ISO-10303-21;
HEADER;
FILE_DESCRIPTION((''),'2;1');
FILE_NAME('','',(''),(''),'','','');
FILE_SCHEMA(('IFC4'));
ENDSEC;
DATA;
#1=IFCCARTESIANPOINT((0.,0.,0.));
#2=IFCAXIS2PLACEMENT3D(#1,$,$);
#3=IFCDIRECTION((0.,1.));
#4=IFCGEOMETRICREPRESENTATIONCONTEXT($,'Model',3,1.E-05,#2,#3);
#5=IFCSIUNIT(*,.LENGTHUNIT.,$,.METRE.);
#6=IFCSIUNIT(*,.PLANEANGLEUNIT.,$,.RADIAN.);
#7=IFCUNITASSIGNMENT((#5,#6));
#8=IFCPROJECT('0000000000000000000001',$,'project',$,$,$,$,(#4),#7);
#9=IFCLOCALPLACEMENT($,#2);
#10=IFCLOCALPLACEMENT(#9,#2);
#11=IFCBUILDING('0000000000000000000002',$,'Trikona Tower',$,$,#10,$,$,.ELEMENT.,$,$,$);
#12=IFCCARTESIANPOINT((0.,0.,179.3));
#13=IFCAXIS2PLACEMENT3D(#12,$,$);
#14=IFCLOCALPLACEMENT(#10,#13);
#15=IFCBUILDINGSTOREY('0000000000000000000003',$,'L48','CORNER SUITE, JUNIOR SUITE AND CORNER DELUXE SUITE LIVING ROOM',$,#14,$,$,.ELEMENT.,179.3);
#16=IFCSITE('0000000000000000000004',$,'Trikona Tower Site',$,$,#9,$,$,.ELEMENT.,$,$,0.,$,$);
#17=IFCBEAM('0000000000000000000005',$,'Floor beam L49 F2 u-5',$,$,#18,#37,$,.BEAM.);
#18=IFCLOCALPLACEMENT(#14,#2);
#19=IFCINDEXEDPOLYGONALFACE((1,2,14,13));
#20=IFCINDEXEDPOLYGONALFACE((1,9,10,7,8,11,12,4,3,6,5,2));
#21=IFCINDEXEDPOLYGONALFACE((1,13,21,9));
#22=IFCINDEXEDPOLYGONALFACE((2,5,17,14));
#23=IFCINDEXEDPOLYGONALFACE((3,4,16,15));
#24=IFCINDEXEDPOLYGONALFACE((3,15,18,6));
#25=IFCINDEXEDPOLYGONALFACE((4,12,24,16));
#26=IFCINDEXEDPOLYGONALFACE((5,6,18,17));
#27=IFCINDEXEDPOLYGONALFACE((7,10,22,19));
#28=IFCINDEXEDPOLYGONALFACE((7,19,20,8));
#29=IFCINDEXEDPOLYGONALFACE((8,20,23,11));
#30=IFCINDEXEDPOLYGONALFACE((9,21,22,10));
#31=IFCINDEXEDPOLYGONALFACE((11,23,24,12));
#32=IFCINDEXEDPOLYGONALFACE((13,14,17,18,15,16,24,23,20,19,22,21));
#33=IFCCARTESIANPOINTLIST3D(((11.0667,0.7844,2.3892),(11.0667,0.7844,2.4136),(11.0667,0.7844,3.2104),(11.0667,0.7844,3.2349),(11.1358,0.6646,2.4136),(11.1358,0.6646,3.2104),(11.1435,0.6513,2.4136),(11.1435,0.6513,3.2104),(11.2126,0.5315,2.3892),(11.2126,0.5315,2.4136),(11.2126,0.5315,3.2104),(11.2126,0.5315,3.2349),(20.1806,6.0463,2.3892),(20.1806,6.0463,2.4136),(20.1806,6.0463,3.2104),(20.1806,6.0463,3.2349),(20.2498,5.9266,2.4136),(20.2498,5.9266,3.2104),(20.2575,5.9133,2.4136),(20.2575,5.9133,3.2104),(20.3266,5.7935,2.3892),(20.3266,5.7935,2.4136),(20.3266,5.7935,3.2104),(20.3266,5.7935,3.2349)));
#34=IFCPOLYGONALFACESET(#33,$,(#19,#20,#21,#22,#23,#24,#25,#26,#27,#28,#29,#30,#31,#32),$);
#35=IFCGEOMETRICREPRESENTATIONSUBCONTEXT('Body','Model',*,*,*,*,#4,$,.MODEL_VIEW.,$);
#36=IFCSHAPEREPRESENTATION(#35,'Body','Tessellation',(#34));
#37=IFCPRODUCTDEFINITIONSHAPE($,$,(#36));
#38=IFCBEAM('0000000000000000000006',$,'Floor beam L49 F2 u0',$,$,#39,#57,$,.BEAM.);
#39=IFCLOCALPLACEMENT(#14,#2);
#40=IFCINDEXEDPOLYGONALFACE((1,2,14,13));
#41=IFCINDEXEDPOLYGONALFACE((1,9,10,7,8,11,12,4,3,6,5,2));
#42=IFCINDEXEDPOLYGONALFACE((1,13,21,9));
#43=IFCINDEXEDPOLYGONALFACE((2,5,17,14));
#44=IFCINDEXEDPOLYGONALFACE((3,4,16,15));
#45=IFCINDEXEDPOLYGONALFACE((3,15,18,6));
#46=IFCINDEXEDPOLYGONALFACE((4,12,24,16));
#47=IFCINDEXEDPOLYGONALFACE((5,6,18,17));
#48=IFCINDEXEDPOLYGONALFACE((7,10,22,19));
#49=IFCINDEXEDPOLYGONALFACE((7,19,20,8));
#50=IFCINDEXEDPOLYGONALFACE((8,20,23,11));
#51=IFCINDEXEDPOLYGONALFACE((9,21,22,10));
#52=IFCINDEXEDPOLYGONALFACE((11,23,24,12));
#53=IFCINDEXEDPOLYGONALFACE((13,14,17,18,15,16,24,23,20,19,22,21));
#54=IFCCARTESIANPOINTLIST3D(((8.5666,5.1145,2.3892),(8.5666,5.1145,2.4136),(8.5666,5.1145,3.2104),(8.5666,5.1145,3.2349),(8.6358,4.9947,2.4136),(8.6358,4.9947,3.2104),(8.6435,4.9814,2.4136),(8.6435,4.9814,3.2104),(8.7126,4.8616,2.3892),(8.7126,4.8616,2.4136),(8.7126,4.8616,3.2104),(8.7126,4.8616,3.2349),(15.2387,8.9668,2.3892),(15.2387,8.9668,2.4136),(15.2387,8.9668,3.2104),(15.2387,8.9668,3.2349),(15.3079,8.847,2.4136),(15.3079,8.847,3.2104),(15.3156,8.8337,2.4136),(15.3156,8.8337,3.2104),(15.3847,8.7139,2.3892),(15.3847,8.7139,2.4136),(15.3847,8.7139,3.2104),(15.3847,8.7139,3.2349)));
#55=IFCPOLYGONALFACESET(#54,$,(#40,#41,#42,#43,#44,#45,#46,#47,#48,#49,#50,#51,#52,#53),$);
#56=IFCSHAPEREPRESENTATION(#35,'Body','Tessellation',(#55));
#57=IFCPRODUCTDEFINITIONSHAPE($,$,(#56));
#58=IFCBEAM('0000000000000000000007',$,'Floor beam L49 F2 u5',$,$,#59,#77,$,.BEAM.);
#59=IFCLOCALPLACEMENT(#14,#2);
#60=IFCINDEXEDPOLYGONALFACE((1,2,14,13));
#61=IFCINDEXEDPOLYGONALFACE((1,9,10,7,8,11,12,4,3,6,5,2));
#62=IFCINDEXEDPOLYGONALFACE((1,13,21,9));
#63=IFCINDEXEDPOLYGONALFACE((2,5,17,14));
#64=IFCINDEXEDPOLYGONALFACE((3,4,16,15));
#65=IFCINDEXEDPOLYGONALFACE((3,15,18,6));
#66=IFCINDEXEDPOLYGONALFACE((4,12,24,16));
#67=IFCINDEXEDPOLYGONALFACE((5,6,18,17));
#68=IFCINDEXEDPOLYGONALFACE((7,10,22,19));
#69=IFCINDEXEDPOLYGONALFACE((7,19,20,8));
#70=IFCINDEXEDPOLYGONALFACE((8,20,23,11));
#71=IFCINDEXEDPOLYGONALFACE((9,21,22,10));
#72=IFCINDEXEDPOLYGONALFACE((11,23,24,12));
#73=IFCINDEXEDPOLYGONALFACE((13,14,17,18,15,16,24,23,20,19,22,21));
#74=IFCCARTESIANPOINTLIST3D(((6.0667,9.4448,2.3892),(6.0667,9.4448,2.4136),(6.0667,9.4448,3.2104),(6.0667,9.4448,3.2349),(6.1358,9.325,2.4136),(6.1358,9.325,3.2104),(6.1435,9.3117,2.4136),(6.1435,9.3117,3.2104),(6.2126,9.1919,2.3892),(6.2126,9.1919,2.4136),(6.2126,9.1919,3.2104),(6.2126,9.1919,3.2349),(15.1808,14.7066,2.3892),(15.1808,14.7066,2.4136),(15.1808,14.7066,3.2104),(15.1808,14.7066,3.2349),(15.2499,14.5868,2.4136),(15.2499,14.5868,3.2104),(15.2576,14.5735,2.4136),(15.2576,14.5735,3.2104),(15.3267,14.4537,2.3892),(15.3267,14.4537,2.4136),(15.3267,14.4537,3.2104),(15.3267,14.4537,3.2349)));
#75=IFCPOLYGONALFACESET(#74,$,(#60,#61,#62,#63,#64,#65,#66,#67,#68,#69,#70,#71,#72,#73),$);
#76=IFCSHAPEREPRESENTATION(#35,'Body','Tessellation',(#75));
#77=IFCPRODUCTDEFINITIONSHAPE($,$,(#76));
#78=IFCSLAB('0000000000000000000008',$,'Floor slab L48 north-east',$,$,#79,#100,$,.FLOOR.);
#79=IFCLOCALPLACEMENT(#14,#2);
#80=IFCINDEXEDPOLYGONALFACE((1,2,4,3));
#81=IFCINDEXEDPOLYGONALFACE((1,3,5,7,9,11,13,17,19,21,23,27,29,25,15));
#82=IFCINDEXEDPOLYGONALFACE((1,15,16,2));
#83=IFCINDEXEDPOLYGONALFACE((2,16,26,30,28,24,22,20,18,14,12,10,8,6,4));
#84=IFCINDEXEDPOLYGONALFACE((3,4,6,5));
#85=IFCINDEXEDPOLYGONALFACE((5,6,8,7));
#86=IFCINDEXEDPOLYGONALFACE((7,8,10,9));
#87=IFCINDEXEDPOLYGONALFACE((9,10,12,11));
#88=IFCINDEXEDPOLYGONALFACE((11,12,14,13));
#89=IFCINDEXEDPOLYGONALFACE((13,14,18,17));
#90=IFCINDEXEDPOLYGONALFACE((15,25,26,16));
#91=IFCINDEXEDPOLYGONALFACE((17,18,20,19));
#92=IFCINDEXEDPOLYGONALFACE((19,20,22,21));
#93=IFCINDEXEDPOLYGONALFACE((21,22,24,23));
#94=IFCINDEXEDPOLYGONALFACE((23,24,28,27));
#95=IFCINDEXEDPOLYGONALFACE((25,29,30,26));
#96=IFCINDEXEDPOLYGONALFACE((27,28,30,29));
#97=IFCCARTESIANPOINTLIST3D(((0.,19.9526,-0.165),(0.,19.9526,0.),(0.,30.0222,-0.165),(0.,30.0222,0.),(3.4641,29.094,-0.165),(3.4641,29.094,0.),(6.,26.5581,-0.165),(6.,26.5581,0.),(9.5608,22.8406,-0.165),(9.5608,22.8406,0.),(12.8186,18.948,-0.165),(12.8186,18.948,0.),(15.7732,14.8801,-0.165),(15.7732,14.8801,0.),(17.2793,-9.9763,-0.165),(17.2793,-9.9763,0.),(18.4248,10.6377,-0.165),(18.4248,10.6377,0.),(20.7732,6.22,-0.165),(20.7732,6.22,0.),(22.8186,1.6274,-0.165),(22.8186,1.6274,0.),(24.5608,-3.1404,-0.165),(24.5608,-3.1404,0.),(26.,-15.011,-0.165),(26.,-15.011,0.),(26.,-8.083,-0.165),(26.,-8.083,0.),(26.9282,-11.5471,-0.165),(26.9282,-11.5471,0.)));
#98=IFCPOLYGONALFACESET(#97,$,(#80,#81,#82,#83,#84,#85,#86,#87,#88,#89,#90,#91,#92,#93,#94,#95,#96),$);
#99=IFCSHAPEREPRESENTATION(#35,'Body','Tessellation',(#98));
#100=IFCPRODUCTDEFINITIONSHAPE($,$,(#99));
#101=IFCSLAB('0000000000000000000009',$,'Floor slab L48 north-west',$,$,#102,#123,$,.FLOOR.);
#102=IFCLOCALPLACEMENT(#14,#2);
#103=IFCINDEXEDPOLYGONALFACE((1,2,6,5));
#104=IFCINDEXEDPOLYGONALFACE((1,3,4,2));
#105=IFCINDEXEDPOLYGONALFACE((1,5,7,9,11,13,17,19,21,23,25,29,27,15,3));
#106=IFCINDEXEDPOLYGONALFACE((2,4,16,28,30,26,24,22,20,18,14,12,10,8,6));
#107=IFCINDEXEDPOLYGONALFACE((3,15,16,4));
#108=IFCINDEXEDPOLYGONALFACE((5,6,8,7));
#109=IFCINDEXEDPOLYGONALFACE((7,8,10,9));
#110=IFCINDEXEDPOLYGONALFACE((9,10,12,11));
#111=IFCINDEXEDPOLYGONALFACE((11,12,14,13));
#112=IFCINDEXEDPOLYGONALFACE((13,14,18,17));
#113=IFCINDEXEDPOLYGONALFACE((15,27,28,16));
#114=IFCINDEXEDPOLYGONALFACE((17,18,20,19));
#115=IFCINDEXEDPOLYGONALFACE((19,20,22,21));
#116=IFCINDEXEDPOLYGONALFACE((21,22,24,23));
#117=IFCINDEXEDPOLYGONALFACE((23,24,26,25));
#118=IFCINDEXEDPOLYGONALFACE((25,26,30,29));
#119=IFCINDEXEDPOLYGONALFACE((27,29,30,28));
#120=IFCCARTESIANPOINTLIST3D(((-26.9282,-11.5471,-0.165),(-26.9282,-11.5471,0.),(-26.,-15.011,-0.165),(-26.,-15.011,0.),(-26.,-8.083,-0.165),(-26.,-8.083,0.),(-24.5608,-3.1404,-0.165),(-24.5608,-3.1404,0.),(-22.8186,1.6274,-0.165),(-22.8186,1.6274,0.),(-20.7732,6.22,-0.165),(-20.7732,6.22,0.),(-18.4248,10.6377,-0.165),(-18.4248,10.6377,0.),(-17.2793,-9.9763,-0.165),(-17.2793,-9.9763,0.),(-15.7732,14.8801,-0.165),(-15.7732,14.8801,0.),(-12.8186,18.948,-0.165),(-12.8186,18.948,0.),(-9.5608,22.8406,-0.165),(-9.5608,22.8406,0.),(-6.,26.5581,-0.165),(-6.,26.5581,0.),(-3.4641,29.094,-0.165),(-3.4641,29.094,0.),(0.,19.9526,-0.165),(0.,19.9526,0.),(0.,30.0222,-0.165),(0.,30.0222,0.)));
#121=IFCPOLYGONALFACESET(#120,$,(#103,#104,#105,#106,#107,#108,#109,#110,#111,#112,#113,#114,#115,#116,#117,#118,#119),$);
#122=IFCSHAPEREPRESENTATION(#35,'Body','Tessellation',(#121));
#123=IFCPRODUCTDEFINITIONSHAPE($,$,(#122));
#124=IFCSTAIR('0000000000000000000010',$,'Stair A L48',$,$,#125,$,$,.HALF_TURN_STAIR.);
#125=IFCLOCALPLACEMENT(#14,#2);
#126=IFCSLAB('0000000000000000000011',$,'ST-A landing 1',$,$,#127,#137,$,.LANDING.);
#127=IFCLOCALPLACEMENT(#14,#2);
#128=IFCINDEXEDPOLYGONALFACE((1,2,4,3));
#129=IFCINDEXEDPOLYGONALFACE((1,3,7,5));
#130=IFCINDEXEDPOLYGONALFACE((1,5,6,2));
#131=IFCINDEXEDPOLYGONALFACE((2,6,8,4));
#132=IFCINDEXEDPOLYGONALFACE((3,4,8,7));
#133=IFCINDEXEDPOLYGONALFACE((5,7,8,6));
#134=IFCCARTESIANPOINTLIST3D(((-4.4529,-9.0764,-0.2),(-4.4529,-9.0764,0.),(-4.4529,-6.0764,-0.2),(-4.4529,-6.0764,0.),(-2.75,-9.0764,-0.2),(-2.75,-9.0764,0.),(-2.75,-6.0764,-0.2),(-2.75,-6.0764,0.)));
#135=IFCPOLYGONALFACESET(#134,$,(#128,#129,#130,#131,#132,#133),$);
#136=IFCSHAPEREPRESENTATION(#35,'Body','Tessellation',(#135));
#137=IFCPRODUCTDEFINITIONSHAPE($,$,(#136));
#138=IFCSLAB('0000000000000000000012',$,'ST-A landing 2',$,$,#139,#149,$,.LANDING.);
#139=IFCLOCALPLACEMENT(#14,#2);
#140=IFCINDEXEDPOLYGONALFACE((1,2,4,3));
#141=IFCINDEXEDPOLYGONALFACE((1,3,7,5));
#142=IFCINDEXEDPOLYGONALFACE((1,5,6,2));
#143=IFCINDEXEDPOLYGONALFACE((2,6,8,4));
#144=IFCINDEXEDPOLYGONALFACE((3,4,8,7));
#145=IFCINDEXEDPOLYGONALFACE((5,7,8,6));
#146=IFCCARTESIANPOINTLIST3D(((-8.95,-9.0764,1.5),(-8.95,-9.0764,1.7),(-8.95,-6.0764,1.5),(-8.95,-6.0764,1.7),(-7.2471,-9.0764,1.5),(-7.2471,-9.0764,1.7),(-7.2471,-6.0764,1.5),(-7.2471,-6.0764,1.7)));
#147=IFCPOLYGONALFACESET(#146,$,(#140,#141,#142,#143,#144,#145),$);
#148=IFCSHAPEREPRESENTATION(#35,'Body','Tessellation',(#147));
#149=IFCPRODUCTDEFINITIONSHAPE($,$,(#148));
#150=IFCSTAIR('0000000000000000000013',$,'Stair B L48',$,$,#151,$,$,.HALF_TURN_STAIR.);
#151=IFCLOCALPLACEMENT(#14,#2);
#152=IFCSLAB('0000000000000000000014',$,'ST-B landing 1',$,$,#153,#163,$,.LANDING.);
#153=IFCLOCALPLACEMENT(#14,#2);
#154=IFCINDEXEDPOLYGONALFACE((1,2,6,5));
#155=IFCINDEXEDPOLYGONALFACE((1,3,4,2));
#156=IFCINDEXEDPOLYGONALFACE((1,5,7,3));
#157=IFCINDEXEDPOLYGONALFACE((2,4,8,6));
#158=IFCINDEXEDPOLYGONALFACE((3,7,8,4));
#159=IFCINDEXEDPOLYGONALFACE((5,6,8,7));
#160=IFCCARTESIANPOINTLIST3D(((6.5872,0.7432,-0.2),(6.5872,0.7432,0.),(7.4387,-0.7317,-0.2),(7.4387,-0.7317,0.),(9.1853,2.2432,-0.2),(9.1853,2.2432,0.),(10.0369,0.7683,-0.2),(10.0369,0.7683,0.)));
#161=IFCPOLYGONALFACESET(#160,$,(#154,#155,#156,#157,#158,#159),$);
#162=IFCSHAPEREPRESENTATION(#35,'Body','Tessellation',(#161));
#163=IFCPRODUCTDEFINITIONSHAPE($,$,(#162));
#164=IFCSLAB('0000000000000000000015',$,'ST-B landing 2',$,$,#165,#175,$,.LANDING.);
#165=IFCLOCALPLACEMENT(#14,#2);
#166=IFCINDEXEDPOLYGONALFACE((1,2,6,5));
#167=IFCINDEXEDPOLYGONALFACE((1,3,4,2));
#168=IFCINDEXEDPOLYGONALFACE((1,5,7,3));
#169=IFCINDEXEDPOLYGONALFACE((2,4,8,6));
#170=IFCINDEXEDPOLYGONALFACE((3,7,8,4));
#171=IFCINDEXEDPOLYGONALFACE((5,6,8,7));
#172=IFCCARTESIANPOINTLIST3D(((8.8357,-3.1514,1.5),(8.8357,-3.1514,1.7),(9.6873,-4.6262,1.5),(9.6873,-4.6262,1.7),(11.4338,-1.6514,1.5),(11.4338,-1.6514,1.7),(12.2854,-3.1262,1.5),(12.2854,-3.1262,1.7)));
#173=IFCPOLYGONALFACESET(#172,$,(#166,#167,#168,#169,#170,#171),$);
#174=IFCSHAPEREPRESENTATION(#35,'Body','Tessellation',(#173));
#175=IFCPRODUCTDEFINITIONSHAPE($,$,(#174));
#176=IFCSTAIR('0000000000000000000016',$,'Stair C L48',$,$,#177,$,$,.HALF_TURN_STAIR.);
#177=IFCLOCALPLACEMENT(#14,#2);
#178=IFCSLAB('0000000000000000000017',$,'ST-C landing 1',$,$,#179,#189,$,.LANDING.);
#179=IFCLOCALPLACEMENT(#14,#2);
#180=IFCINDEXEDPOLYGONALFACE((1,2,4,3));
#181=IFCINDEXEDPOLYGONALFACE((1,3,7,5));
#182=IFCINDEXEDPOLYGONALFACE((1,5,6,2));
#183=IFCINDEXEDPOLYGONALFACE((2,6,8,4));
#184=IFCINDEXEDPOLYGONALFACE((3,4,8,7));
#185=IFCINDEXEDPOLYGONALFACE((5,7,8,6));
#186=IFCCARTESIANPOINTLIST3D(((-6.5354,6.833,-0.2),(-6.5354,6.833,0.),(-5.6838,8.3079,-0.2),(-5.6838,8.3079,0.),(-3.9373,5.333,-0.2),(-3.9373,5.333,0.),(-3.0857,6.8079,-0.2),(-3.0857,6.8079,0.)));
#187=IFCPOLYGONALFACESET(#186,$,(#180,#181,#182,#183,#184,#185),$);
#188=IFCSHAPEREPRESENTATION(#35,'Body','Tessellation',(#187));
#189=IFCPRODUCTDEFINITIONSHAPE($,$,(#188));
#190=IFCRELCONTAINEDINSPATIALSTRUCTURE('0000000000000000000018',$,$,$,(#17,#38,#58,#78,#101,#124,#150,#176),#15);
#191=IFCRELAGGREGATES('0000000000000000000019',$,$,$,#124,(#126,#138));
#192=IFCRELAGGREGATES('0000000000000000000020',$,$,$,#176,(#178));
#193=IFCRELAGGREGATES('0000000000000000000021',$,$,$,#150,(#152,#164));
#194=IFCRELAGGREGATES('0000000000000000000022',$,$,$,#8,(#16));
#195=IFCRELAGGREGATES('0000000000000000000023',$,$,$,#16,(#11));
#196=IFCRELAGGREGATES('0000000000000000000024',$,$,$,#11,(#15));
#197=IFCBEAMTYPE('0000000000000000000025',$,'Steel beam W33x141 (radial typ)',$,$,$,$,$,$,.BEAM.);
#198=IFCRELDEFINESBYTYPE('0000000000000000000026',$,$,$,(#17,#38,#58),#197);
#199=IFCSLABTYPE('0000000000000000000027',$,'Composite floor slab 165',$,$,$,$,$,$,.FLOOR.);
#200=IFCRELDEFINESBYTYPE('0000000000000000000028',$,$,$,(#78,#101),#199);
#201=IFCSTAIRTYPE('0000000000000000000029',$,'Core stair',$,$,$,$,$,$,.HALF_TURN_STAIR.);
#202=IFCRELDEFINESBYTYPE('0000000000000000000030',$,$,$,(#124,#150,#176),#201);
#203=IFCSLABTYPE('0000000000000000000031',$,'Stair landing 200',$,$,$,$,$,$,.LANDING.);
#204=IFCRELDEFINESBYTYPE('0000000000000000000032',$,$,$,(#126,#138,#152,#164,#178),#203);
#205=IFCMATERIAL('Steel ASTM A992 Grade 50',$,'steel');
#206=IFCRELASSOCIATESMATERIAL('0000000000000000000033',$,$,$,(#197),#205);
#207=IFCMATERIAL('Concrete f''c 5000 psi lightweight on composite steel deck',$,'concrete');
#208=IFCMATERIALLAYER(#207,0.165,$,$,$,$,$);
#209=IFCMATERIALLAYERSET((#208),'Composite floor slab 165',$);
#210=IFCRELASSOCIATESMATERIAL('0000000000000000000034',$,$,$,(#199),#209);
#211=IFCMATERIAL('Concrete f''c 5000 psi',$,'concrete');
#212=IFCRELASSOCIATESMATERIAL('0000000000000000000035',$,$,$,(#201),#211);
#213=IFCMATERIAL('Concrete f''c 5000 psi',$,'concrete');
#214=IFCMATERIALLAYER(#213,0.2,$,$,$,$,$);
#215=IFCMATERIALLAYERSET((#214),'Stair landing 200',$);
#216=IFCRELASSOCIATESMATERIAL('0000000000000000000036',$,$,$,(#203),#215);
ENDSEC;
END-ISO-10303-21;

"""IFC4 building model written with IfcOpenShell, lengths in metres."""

from ifc_helpers import new_model, si_unit, direction, frame, origin, origin_2d, place, context, subcontext, project, spatial, polyline, i_section, outline, extrude, material, layer, layer_set, material_profile, profile_set, type_object, element, aggregate, save


model = new_model("IFC4")

# Units and contexts
model_context = context("Model", 3, precision=1e-05, world=origin(), true_north=direction((0.0, 1.0)))
body_context = subcontext(model_context, "Body", "Model", "MODEL_VIEW")
ifc_project = project(units=[si_unit("LENGTHUNIT", "METRE"), si_unit("PLANEANGLEUNIT", "RADIAN")], contexts=[model_context])

# Site, building, storey
site_placement = place(None, origin())
site = spatial("IfcSite", under=ifc_project, at=site_placement, Name="Trikona Tower Site", CompositionType="ELEMENT", RefElevation=0.0)
building_placement = place(site_placement, origin())
building = spatial("IfcBuilding", under=site, at=building_placement, Name="Trikona Tower", CompositionType="ELEMENT")
storey_placement = place(building_placement, frame((0.0, 0.0, 179.3)))
storey = spatial("IfcBuildingStorey", under=building, at=storey_placement, Name="L48", Description="CORNER SUITE, JUNIOR SUITE AND CORNER DELUXE SUITE LIVING ROOM", CompositionType="ELEMENT", Elevation=179.3)

# Beams
ifc_material_1 = material(Name="Steel ASTM A992 Grade 50", Category="steel")
ifc_material_profile = material_profile(ifc_material_1, i_section(OverallWidth=0.292, OverallDepth=0.8457, WebThickness=0.0154, FlangeThickness=0.0244, at=origin_2d()), Name="W33X141")
ifc_profile_set = profile_set([ifc_material_profile], Name="Steel ASTM A992 Grade 50")
beam_type = type_object("IfcBeamType", Name="Steel beam W33x141 (radial typ)", PredefinedType="BEAM", material=ifc_profile_set)
beam_1_placement = place(storey_placement, frame((11.1396, 0.658, 2.812), z_axis=(0.866026, 0.499999, 0.0), x_axis=(-0.499999, 0.866026, 0.0)))
element("IfcBeam", 1, at=beam_1_placement, inside=storey, type_object=beam_type, Name="Floor beam L49 F2 u-5", PredefinedType="BEAM", context=body_context, shape_type="SweptSolid", body=[
    extrude(i_section(OverallWidth=0.292, OverallDepth=0.8457, WebThickness=0.0154, FlangeThickness=0.0244, at=origin_2d()), origin(), (0.0, 0.0, 1.0), 10.5239),
])
beam_2_placement = place(storey_placement, frame((8.6396, 4.988, 2.812), z_axis=(0.866017, 0.500014, 0.0), x_axis=(-0.500014, 0.866017, 0.0)))
element("IfcBeam", 2, at=beam_2_placement, inside=storey, type_object=beam_type, Name="Floor beam L49 F2 u0", PredefinedType="BEAM", context=body_context, shape_type="SweptSolid", body=[
    extrude(i_section(OverallWidth=0.292, OverallDepth=0.8457, WebThickness=0.0154, FlangeThickness=0.0244, at=origin_2d()), origin(), (0.0, 0.0, 1.0), 7.7043),
])
beam_3_placement = place(storey_placement, frame((6.1396, 9.3184, 2.812), z_axis=(0.866036, 0.499982, 0.0), x_axis=(-0.499982, 0.866036, 0.0)))
element("IfcBeam", 3, at=beam_3_placement, inside=storey, type_object=beam_type, Name="Floor beam L49 F2 u5", PredefinedType="BEAM", context=body_context, shape_type="SweptSolid", body=[
    extrude(i_section(OverallWidth=0.292, OverallDepth=0.8457, WebThickness=0.0154, FlangeThickness=0.0244, at=origin_2d()), origin(), (0.0, 0.0, 1.0), 10.5239),
])

# Slabs
ifc_material_2 = material(Name="Concrete f'c 5000 psi lightweight on composite steel deck", Category="concrete")
ifc_layer_1 = layer(ifc_material_2, 0.165)
ifc_layer_set_1 = layer_set([ifc_layer_1], Name="Composite floor slab 165")
slab_type_1 = type_object("IfcSlabType", Name="Composite floor slab 165", PredefinedType="FLOOR", material=ifc_layer_set_1)
slab_1_placement = place(storey_placement, frame((0.0, 0.0, -0.165)))
element("IfcSlab", 4, at=slab_1_placement, inside=storey, type_object=slab_type_1, Name="Floor slab L48 north-east", PredefinedType="FLOOR", context=body_context, shape_type="SweptSolid", body=[
    extrude(outline(polyline([(3.4641, 29.094), (0.0, 30.0222), (0.0, 19.9526), (17.2793, -9.9763), (26.0, -15.011), (26.9282, -11.5471), (26.0, -8.083), (24.5608, -3.1404), (22.8186, 1.6274), (20.7732, 6.22), (18.4248, 10.6377), (15.7732, 14.8801), (12.8186, 18.948), (9.5608, 22.8406), (6.0, 26.5581), (3.4641, 29.094)])), origin(), (0.0, 0.0, 1.0), 0.165),
])
slab_2_placement = place(storey_placement, frame((0.0, 0.0, -0.165)))
element("IfcSlab", 5, at=slab_2_placement, inside=storey, type_object=slab_type_1, Name="Floor slab L48 north-west", PredefinedType="FLOOR", context=body_context, shape_type="SweptSolid", body=[
    extrude(outline(polyline([(0.0, 19.9526), (0.0, 30.0222), (-3.4641, 29.094), (-6.0, 26.5581), (-9.5608, 22.8406), (-12.8186, 18.948), (-15.7732, 14.8801), (-18.4248, 10.6377), (-20.7732, 6.22), (-22.8186, 1.6274), (-24.5608, -3.1404), (-26.0, -8.083), (-26.9282, -11.5471), (-26.0, -15.011), (-17.2793, -9.9763), (0.0, 19.9526)])), origin(), (0.0, 0.0, 1.0), 0.165),
])

# Stairs, slabs
ifc_material_3 = material(Name="Concrete f'c 5000 psi", Category="concrete")
stair_type = type_object("IfcStairType", Name="Core stair", PredefinedType="HALF_TURN_STAIR", material=ifc_material_3)
stair_1_placement = place(storey_placement, origin())
stair_1 = element("IfcStair", 6, at=stair_1_placement, inside=storey, type_object=stair_type, Name="Stair A L48", PredefinedType="HALF_TURN_STAIR")
ifc_material_4 = material(Name="Concrete f'c 5000 psi", Category="concrete")
ifc_layer_2 = layer(ifc_material_4, 0.2)
ifc_layer_set_2 = layer_set([ifc_layer_2], Name="Stair landing 200")
slab_type_2 = type_object("IfcSlabType", Name="Stair landing 200", PredefinedType="LANDING", material=ifc_layer_set_2)
slab_3_placement = place(storey_placement, frame((0.0, 0.0, -0.2)))
slab_3 = element("IfcSlab", 7, at=slab_3_placement, type_object=slab_type_2, Name="ST-A landing 1", PredefinedType="LANDING", context=body_context, shape_type="SweptSolid", body=[
    extrude(outline(polyline([(-4.4529, -6.0764), (-2.75, -6.0764), (-2.75, -9.0764), (-4.4529, -9.0764), (-4.4529, -6.0764)])), origin(), (0.0, 0.0, 1.0), 0.2),
])
slab_4_placement = place(storey_placement, frame((0.0, 0.0, 1.5)))
slab_4 = element("IfcSlab", 8, at=slab_4_placement, type_object=slab_type_2, Name="ST-A landing 2", PredefinedType="LANDING", context=body_context, shape_type="SweptSolid", body=[
    extrude(outline(polyline([(-8.95, -6.0764), (-7.2471, -6.0764), (-7.2471, -9.0764), (-8.95, -9.0764), (-8.95, -6.0764)])), origin(), (0.0, 0.0, 1.0), 0.2),
])
aggregate(stair_1, [slab_3, slab_4])
stair_2_placement = place(storey_placement, origin())
stair_2 = element("IfcStair", 9, at=stair_2_placement, inside=storey, type_object=stair_type, Name="Stair B L48", PredefinedType="HALF_TURN_STAIR")
slab_5_placement = place(storey_placement, frame((0.0, 0.0, -0.2)))
slab_5 = element("IfcSlab", 10, at=slab_5_placement, type_object=slab_type_2, Name="ST-B landing 1", PredefinedType="LANDING", context=body_context, shape_type="SweptSolid", body=[
    extrude(outline(polyline([(7.4387, -0.7317), (6.5872, 0.7432), (9.1853, 2.2432), (10.0369, 0.7683), (7.4387, -0.7317)])), origin(), (0.0, 0.0, 1.0), 0.2),
])
slab_6_placement = place(storey_placement, frame((0.0, 0.0, 1.5)))
slab_6 = element("IfcSlab", 11, at=slab_6_placement, type_object=slab_type_2, Name="ST-B landing 2", PredefinedType="LANDING", context=body_context, shape_type="SweptSolid", body=[
    extrude(outline(polyline([(9.6873, -4.6262), (8.8357, -3.1514), (11.4338, -1.6514), (12.2854, -3.1262), (9.6873, -4.6262)])), origin(), (0.0, 0.0, 1.0), 0.2),
])
stair_3_placement = place(storey_placement, origin())
stair_3 = element("IfcStair", 12, at=stair_3_placement, inside=storey, type_object=stair_type, Name="Stair C L48", PredefinedType="HALF_TURN_STAIR")
slab_7_placement = place(storey_placement, frame((0.0, 0.0, -0.2)))
slab_7 = element("IfcSlab", 13, at=slab_7_placement, type_object=slab_type_2, Name="ST-C landing 1", PredefinedType="LANDING", context=body_context, shape_type="SweptSolid", body=[
    extrude(outline(polyline([(-3.0857, 6.8079), (-3.9373, 5.333), (-6.5354, 6.833), (-5.6838, 8.3079), (-3.0857, 6.8079)])), origin(), (0.0, 0.0, 1.0), 0.2),
])
aggregate(stair_3, [slab_7])

aggregate(stair_2, [slab_5, slab_6])

save(model, "model.ifc")
